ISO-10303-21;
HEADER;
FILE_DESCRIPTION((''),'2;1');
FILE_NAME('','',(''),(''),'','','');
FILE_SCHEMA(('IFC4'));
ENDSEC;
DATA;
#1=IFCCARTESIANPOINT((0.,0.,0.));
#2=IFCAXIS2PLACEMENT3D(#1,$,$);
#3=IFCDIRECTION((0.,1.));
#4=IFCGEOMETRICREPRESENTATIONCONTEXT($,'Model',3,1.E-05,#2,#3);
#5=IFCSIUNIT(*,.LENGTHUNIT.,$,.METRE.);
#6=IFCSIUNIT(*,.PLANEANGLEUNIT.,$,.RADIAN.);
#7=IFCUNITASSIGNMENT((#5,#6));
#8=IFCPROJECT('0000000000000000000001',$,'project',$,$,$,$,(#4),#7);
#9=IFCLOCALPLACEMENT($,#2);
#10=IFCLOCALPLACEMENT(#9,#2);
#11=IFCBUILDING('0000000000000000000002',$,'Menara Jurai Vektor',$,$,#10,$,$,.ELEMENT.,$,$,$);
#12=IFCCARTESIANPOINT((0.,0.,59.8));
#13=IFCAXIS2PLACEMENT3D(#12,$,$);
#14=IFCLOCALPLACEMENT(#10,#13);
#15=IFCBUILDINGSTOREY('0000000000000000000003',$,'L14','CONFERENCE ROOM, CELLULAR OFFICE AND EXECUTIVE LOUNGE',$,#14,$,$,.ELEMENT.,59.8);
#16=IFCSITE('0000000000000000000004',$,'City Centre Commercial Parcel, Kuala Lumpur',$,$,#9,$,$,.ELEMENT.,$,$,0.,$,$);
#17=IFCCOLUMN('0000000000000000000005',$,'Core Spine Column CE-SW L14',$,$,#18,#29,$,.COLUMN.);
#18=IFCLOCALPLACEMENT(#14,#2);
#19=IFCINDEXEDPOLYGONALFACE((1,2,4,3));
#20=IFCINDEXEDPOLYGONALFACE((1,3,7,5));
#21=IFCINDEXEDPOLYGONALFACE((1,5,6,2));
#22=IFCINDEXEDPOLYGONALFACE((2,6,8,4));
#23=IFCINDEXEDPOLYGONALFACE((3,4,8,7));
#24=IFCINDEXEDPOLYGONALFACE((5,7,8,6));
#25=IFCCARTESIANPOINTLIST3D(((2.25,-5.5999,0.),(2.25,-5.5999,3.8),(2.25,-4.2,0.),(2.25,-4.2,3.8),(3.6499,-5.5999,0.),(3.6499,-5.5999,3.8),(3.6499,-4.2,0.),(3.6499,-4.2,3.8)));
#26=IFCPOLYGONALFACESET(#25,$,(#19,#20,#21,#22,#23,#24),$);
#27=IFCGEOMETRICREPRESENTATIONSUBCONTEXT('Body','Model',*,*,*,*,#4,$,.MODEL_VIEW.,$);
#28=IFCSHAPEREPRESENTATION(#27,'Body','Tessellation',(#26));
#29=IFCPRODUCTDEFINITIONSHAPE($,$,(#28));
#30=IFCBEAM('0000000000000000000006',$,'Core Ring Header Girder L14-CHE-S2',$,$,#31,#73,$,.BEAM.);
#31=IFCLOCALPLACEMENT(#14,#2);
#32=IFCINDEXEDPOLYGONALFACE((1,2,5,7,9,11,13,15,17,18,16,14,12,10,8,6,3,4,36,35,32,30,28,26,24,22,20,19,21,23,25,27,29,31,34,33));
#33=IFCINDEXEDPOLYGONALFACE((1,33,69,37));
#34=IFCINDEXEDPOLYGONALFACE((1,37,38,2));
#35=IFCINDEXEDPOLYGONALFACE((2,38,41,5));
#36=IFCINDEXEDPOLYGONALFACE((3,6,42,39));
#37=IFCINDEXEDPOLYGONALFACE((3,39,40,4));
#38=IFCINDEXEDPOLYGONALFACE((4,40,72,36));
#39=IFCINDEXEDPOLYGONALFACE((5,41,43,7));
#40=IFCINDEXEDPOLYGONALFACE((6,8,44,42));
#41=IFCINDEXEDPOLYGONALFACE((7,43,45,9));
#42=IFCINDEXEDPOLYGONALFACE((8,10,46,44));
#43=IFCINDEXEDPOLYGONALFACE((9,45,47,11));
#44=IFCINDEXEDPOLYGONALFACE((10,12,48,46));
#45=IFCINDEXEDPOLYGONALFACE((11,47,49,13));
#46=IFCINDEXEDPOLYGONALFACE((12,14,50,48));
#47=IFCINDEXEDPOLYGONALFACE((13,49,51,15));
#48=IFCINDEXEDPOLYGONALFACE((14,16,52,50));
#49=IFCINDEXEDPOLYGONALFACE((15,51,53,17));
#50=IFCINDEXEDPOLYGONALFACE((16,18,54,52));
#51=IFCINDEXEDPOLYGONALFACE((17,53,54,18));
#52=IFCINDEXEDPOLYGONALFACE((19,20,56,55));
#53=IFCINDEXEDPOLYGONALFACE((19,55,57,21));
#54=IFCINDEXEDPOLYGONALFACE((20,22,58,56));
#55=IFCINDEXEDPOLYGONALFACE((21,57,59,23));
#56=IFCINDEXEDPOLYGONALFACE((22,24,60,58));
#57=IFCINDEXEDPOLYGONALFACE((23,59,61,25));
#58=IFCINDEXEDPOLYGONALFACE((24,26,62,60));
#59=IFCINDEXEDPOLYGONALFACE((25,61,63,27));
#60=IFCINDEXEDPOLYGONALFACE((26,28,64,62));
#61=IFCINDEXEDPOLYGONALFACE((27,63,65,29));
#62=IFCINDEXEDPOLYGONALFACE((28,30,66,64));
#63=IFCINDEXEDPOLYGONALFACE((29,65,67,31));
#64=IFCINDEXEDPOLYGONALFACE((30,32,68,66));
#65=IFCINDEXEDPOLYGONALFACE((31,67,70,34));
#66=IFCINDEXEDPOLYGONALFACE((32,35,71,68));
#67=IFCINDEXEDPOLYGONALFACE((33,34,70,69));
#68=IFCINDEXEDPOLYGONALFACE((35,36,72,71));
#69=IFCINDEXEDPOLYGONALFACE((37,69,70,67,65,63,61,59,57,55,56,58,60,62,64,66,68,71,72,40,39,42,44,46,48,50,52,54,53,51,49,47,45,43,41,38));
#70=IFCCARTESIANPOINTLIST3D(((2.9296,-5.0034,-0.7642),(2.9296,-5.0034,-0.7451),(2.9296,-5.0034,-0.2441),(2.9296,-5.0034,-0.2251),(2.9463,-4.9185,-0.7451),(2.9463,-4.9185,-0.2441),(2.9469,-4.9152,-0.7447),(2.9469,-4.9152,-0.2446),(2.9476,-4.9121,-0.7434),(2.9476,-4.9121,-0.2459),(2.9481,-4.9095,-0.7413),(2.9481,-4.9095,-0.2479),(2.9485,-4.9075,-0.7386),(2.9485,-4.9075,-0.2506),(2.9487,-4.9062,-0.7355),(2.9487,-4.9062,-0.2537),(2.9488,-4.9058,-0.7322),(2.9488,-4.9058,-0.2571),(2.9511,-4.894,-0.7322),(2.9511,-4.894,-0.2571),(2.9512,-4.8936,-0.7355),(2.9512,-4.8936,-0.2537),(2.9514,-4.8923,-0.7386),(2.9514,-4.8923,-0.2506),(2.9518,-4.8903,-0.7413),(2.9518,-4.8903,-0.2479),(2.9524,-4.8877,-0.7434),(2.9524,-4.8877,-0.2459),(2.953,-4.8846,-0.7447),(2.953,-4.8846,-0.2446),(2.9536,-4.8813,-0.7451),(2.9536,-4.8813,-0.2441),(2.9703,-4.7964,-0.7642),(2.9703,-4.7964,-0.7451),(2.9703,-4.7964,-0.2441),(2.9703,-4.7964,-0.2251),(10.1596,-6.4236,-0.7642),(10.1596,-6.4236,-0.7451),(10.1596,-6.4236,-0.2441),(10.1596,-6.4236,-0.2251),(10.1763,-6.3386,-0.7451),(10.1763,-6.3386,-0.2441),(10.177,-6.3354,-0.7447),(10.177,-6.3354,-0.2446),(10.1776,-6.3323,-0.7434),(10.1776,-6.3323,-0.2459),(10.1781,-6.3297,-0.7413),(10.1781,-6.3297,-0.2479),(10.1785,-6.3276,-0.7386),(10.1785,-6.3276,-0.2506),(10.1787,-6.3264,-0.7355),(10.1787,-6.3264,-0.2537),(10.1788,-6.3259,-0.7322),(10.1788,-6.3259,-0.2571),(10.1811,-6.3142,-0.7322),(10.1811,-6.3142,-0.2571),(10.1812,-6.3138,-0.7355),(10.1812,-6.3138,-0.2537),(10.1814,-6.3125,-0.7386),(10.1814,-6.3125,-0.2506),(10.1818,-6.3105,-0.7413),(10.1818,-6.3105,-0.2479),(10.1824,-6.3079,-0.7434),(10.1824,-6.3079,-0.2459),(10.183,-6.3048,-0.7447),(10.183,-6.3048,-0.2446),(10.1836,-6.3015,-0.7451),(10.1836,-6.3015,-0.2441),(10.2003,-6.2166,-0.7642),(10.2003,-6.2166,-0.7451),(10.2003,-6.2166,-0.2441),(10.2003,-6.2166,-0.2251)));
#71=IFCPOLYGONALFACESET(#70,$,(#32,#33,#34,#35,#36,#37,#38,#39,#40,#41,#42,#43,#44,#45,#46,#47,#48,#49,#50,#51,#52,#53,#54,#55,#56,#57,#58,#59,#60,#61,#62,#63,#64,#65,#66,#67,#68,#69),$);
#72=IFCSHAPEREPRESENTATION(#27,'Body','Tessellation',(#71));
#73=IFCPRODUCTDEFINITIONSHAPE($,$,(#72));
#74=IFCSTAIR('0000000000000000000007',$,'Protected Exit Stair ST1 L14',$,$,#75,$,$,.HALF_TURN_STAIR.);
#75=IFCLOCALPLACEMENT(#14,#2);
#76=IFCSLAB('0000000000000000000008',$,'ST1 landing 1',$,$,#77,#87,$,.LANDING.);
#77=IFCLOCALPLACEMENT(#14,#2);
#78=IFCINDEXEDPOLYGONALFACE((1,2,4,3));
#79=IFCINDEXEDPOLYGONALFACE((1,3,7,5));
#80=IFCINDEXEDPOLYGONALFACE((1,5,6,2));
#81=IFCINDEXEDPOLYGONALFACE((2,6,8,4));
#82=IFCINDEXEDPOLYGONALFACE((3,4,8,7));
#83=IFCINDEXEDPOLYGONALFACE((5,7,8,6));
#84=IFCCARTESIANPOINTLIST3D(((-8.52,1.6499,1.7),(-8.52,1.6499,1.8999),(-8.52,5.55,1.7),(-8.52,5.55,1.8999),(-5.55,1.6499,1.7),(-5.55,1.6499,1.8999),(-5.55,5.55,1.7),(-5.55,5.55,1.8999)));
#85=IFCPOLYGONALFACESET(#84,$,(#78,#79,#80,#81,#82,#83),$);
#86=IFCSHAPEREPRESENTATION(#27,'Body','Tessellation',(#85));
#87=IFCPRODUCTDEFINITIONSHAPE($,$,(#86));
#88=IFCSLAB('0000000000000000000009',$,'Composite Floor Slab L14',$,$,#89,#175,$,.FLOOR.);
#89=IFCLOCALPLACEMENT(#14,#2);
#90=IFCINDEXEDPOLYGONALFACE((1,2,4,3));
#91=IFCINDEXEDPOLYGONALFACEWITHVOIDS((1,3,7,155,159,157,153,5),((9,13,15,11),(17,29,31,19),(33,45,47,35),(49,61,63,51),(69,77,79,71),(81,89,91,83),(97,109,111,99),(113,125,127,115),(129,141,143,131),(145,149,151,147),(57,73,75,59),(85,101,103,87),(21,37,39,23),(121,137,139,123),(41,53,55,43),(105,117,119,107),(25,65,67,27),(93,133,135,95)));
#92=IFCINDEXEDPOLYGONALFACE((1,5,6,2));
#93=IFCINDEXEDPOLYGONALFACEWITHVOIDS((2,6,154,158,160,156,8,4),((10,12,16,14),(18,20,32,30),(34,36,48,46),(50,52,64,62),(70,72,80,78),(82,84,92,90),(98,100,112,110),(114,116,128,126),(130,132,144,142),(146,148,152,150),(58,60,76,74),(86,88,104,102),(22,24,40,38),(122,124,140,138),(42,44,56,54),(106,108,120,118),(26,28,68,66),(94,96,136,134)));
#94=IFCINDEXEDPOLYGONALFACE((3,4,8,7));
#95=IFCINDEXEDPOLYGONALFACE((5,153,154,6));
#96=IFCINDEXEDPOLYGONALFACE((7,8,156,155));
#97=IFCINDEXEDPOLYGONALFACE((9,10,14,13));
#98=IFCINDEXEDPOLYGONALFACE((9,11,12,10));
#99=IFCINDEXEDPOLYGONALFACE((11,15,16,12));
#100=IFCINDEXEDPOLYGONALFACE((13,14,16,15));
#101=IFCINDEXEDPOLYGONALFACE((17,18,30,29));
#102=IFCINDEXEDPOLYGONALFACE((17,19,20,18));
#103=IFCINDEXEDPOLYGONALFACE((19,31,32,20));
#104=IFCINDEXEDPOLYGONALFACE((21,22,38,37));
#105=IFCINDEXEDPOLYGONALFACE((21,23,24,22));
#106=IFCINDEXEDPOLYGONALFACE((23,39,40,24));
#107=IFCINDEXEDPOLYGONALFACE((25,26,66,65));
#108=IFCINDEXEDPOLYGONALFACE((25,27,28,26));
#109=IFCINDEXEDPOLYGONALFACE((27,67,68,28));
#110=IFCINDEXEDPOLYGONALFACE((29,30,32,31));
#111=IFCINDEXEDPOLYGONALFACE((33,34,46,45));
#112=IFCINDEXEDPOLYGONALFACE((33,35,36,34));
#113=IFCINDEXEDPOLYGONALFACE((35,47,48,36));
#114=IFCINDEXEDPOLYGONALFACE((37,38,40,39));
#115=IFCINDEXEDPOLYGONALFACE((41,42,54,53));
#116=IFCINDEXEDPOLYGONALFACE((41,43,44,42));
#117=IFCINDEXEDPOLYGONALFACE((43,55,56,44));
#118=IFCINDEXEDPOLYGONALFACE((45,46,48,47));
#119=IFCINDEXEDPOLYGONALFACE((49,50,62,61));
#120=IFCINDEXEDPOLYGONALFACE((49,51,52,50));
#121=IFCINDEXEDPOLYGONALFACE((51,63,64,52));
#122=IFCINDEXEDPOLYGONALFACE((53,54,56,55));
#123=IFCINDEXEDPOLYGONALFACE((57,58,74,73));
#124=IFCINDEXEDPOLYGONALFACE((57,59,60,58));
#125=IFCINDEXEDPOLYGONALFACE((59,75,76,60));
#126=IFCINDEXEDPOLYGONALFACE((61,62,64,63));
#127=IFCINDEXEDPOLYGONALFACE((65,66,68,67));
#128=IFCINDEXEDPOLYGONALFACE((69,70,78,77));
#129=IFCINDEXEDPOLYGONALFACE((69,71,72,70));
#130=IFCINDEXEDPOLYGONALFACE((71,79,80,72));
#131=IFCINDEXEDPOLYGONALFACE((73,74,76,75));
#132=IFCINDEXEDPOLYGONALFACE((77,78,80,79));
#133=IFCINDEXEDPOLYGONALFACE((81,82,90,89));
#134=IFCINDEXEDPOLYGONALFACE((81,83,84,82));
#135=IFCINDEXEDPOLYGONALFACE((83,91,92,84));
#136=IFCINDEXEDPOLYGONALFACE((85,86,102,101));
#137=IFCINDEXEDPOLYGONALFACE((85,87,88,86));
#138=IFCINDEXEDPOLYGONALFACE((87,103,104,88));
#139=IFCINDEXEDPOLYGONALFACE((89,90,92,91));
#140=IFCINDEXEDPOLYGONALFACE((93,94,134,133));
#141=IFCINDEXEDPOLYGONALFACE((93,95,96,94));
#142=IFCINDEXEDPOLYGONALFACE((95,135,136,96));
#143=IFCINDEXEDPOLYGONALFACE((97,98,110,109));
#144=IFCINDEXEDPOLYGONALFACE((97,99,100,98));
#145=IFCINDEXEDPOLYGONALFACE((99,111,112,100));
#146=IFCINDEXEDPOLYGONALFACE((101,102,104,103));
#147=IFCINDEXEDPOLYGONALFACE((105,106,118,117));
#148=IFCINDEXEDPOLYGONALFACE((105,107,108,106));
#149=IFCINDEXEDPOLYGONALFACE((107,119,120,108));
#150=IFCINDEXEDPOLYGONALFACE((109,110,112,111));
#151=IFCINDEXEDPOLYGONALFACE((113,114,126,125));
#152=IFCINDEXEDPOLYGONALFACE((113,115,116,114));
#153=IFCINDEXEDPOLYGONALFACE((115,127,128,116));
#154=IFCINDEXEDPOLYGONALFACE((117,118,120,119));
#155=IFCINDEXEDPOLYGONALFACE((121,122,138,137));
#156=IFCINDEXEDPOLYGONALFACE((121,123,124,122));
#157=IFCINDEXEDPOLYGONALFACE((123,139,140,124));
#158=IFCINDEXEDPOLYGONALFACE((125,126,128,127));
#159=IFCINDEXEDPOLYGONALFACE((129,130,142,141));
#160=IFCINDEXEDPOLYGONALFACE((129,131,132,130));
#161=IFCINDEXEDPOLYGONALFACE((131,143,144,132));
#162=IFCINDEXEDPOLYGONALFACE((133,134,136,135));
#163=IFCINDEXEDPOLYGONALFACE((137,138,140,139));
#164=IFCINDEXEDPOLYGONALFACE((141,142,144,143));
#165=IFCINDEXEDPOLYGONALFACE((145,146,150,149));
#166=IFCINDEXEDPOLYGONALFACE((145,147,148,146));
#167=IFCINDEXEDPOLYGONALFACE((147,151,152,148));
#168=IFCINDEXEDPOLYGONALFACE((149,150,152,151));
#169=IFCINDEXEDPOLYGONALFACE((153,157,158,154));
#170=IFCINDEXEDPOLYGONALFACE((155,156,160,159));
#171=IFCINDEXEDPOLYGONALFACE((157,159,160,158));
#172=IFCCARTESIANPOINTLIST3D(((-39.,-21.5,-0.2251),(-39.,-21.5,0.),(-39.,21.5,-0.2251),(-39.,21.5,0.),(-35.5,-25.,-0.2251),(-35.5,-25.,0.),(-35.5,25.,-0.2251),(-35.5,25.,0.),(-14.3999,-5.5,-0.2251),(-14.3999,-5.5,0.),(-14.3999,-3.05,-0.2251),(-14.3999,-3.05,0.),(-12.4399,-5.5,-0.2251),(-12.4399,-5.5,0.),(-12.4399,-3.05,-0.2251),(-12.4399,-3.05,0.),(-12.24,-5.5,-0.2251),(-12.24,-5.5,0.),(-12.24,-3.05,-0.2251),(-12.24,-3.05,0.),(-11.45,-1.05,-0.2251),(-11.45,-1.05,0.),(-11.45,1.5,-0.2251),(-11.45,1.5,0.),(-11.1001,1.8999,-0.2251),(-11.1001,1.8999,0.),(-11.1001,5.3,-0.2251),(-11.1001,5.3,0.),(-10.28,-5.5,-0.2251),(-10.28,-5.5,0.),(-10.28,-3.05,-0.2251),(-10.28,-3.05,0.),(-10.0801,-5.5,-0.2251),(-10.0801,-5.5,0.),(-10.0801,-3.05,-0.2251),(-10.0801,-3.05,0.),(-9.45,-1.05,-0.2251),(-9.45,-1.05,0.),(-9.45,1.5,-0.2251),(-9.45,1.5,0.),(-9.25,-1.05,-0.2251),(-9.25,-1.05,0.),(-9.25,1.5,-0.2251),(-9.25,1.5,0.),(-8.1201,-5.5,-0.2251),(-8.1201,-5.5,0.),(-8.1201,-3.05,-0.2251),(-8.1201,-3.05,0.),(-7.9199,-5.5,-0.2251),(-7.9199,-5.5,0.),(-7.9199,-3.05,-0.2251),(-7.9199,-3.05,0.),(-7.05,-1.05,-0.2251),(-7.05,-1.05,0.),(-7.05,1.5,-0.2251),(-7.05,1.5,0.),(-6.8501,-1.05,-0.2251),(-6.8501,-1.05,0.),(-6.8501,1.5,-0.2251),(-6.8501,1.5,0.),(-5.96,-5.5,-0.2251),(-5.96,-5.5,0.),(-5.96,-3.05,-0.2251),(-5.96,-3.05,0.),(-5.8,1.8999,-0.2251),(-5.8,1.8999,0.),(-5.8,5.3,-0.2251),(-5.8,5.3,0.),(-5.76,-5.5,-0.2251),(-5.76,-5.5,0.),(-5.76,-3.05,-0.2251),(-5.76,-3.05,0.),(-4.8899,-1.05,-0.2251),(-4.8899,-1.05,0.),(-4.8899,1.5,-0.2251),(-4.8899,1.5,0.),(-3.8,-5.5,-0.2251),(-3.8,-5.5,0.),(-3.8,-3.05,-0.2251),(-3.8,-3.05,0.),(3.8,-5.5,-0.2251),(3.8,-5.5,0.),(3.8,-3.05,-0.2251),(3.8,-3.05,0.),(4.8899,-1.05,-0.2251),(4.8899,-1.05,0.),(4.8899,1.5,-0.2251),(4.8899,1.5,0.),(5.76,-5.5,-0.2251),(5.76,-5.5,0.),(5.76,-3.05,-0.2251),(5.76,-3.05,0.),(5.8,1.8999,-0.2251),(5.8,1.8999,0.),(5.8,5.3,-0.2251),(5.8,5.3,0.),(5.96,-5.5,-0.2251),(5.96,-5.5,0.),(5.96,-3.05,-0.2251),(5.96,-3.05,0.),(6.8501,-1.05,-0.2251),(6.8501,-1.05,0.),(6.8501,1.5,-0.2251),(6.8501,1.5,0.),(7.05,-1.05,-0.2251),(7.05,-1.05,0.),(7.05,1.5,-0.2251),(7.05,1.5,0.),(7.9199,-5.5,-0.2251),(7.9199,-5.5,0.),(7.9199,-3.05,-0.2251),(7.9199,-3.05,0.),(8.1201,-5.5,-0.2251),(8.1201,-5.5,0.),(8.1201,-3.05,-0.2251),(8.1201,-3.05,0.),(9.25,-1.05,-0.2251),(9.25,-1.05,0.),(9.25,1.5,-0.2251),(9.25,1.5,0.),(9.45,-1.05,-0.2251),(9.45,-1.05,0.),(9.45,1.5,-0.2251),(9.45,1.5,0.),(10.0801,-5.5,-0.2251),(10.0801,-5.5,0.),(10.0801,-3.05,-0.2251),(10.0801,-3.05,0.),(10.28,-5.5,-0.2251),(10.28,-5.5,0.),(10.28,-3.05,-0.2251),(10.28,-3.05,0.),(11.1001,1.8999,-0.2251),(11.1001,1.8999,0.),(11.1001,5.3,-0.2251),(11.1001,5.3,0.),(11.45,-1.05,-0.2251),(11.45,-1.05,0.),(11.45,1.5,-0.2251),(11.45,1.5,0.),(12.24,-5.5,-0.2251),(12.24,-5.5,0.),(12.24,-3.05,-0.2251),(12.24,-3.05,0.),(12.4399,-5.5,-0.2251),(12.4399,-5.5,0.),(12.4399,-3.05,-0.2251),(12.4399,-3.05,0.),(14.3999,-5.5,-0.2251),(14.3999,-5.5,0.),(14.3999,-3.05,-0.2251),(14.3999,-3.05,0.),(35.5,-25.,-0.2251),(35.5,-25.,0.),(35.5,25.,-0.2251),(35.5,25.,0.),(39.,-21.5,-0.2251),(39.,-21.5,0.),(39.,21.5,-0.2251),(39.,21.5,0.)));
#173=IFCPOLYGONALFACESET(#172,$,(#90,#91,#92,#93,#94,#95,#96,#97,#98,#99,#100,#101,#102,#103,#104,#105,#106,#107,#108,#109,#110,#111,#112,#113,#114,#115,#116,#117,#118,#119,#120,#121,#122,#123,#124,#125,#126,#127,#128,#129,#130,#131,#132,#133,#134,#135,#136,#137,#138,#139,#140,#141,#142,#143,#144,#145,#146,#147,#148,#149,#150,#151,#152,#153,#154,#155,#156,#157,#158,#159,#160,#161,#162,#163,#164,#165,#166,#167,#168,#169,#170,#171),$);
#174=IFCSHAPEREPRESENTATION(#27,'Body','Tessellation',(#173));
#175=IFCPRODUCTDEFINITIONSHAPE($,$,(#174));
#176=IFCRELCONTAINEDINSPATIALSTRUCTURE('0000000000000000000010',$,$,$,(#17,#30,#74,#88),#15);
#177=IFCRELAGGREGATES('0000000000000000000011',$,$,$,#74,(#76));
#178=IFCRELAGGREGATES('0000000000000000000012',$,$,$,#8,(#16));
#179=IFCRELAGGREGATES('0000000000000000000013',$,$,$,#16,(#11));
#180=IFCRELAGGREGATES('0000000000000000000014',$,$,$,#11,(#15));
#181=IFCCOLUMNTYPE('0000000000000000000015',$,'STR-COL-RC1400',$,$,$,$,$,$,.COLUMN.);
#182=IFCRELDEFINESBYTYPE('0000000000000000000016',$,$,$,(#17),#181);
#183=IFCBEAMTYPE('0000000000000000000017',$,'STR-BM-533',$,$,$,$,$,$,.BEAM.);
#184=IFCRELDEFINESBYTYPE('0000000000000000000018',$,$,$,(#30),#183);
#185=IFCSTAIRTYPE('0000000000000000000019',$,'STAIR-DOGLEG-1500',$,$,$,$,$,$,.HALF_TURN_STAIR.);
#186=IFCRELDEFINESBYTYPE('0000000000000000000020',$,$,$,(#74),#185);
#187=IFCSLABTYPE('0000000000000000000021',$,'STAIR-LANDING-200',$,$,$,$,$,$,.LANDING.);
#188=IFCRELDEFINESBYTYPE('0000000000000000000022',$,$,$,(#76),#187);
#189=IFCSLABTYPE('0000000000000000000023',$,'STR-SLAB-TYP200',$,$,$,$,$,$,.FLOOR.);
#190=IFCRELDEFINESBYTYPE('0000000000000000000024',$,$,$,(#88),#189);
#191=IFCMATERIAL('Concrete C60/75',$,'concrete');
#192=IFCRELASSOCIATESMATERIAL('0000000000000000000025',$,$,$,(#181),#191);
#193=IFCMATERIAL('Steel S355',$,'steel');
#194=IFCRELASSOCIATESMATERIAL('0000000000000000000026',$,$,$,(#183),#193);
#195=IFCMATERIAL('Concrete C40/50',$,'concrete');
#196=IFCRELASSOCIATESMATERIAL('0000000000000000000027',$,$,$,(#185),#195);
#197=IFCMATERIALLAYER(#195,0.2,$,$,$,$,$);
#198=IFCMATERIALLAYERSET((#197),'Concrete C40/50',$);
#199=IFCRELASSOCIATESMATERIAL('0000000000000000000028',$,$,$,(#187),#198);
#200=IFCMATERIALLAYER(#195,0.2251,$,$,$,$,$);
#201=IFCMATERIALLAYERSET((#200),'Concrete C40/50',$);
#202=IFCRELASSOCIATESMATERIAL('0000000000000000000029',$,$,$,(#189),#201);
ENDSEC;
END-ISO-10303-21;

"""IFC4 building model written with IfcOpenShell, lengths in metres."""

from ifc_helpers import new_model, si_unit, direction, frame, origin, origin_2d, place, context, subcontext, project, spatial, polyline, rectangle, i_section, outline, extrude, material, layer, layer_set, material_profile, profile_set, type_object, element, aggregate, save


model = new_model("IFC4")

# Units and contexts
model_context = context("Model", 3, precision=1e-05, world=origin(), true_north=direction((0.0, 1.0)))
body_context = subcontext(model_context, "Body", "Model", "MODEL_VIEW")
ifc_project = project(units=[si_unit("LENGTHUNIT", "METRE"), si_unit("PLANEANGLEUNIT", "RADIAN")], contexts=[model_context])

# Site, building, storey
site_placement = place(None, origin())
site = spatial("IfcSite", under=ifc_project, at=site_placement, Name="City Centre Commercial Parcel, Kuala Lumpur", CompositionType="ELEMENT", RefElevation=0.0)
building_placement = place(site_placement, origin())
building = spatial("IfcBuilding", under=site, at=building_placement, Name="Menara Jurai Vektor", CompositionType="ELEMENT")
storey_placement = place(building_placement, frame((0.0, 0.0, 59.8)))
storey = spatial("IfcBuildingStorey", under=building, at=storey_placement, Name="L14", Description="CONFERENCE ROOM, CELLULAR OFFICE AND EXECUTIVE LOUNGE", CompositionType="ELEMENT", Elevation=59.8)

# Column
ifc_material_1 = material(Name="Concrete C60/75", Category="concrete")
ifc_material_profile_1 = material_profile(ifc_material_1, rectangle(XDim=1.3999, YDim=1.3999, at=origin_2d()), Name="RC 1400x1400")
ifc_profile_set_1 = profile_set([ifc_material_profile_1], Name="Concrete C60/75")
column_type = type_object("IfcColumnType", Name="STR-COL-RC1400", PredefinedType="COLUMN", material=ifc_profile_set_1)
column_placement = place(storey_placement, frame((2.95, -4.8999, 0.0), z_axis=(0.0, 0.0, 1.0), x_axis=(1.0, 0.0, 0.0)))
element("IfcColumn", 1, at=column_placement, inside=storey, type_object=column_type, Name="Core Spine Column CE-SW L14", PredefinedType="COLUMN", context=body_context, shape_type="SweptSolid", body=[
    extrude(rectangle(XDim=1.3999, YDim=1.3999, at=origin_2d()), origin(), (0.0, 0.0, 1.0), 3.8),
])

# Beam
ifc_material_2 = material(Name="Steel S355", Category="steel")
ifc_material_profile_2 = material_profile(ifc_material_2, i_section(OverallWidth=0.2109, OverallDepth=0.5391, WebThickness=0.012, FlangeThickness=0.019, FilletRadius=0.0129, at=origin_2d()), Name="UKB 533x210x109")
ifc_profile_set_2 = profile_set([ifc_material_profile_2], Name="Steel S355")
beam_type = type_object("IfcBeamType", Name="STR-BM-533", PredefinedType="BEAM", material=ifc_profile_set_2)
beam_placement = place(storey_placement, frame((2.95, -4.8999, -0.4946), z_axis=(0.981249, -0.192744, 0.0), x_axis=(0.192744, 0.981249, 0.0)))
element("IfcBeam", 2, at=beam_placement, inside=storey, type_object=beam_type, Name="Core Ring Header Girder L14-CHE-S2", PredefinedType="BEAM", context=body_context, shape_type="SweptSolid", body=[
    extrude(i_section(OverallWidth=0.2109, OverallDepth=0.5391, WebThickness=0.012, FlangeThickness=0.019, FilletRadius=0.0129, at=origin_2d()), origin(), (0.0, 0.0, 1.0), 7.3682),
])

# Stair, slab
ifc_material_3 = material(Name="Concrete C40/50", Category="concrete")
stair_type = type_object("IfcStairType", Name="STAIR-DOGLEG-1500", PredefinedType="HALF_TURN_STAIR", material=ifc_material_3)
stair_placement = place(storey_placement, origin())
stair = element("IfcStair", 3, at=stair_placement, inside=storey, type_object=stair_type, Name="Protected Exit Stair ST1 L14", PredefinedType="HALF_TURN_STAIR")
ifc_layer_1 = layer(ifc_material_3, 0.2)
ifc_layer_set_1 = layer_set([ifc_layer_1], Name="Concrete C40/50")
slab_type_1 = type_object("IfcSlabType", Name="STAIR-LANDING-200", PredefinedType="LANDING", material=ifc_layer_set_1)
slab_1_placement = place(storey_placement, frame((0.0, 0.0, 1.7)))
slab_1 = element("IfcSlab", 4, at=slab_1_placement, type_object=slab_type_1, Name="ST1 landing 1", PredefinedType="LANDING", context=body_context, shape_type="SweptSolid", body=[
    extrude(outline(polyline([(-8.52, 1.6499), (-5.55, 1.6499), (-5.55, 5.55), (-8.52, 5.55), (-8.52, 1.6499)])), origin(), (0.0, 0.0, 1.0), 0.2),
])
aggregate(stair, [slab_1])

# Slab
ifc_layer_2 = layer(ifc_material_3, 0.2251)
ifc_layer_set_2 = layer_set([ifc_layer_2], Name="Concrete C40/50")
slab_type_2 = type_object("IfcSlabType", Name="STR-SLAB-TYP200", PredefinedType="FLOOR", material=ifc_layer_set_2)
slab_2_placement = place(storey_placement, frame((0.0, 0.0, -0.2251)))
element("IfcSlab", 5, at=slab_2_placement, inside=storey, type_object=slab_type_2, Name="Composite Floor Slab L14", PredefinedType="FLOOR", context=body_context, shape_type="SweptSolid", body=[
    extrude(outline(polyline([(-35.5, -25.0), (35.5, -25.0), (39.0, -21.5), (39.0, 21.5), (35.5, 25.0), (-35.5, 25.0), (-39.0, 21.5), (-39.0, -21.5), (-35.5, -25.0)]), holes=[polyline([(-11.1001, 1.8999), (-11.1001, 5.3), (-5.8, 5.3), (-5.8, 1.8999), (-11.1001, 1.8999)]), polyline([(5.8, 1.8999), (5.8, 5.3), (11.1001, 5.3), (11.1001, 1.8999), (5.8, 1.8999)]), polyline([(-11.45, -1.05), (-11.45, 1.5), (-9.45, 1.5), (-9.45, -1.05), (-11.45, -1.05)]), polyline([(9.45, -1.05), (9.45, 1.5), (11.45, 1.5), (11.45, -1.05), (9.45, -1.05)]), polyline([(-5.76, -5.5), (-5.76, -3.05), (-3.8, -3.05), (-3.8, -5.5), (-5.76, -5.5)]), polyline([(-6.8501, -1.05), (-6.8501, 1.5), (-4.8899, 1.5), (-4.8899, -1.05), (-6.8501, -1.05)]), polyline([(3.8, -5.5), (3.8, -3.05), (5.76, -3.05), (5.76, -5.5), (3.8, -5.5)]), polyline([(4.8899, -1.05), (4.8899, 1.5), (6.8501, 1.5), (6.8501, -1.05), (4.8899, -1.05)]), polyline([(-14.3999, -5.5), (-14.3999, -3.05), (-12.4399, -3.05), (-12.4399, -5.5), (-14.3999, -5.5)]), polyline([(-12.24, -5.5), (-12.24, -3.05), (-10.28, -3.05), (-10.28, -5.5), (-12.24, -5.5)]), polyline([(10.28, -5.5), (10.28, -3.05), (12.24, -3.05), (12.24, -5.5), (10.28, -5.5)]), polyline([(12.4399, -5.5), (12.4399, -3.05), (14.3999, -3.05), (14.3999, -5.5), (12.4399, -5.5)]), polyline([(-10.0801, -5.5), (-10.0801, -3.05), (-8.1201, -3.05), (-8.1201, -5.5), (-10.0801, -5.5)]), polyline([(-7.9199, -5.5), (-7.9199, -3.05), (-5.96, -3.05), (-5.96, -5.5), (-7.9199, -5.5)]), polyline([(5.96, -5.5), (5.96, -3.05), (7.9199, -3.05), (7.9199, -5.5), (5.96, -5.5)]), polyline([(8.1201, -5.5), (8.1201, -3.05), (10.0801, -3.05), (10.0801, -5.5), (8.1201, -5.5)]), polyline([(-9.25, -1.05), (-9.25, 1.5), (-7.05, 1.5), (-7.05, -1.05), (-9.25, -1.05)]), polyline([(7.05, -1.05), (7.05, 1.5), (9.25, 1.5), (9.25, -1.05), (7.05, -1.05)])]), origin(), (0.0, 0.0, 1.0), 0.2251),
])

save(model, "model.ifc")
